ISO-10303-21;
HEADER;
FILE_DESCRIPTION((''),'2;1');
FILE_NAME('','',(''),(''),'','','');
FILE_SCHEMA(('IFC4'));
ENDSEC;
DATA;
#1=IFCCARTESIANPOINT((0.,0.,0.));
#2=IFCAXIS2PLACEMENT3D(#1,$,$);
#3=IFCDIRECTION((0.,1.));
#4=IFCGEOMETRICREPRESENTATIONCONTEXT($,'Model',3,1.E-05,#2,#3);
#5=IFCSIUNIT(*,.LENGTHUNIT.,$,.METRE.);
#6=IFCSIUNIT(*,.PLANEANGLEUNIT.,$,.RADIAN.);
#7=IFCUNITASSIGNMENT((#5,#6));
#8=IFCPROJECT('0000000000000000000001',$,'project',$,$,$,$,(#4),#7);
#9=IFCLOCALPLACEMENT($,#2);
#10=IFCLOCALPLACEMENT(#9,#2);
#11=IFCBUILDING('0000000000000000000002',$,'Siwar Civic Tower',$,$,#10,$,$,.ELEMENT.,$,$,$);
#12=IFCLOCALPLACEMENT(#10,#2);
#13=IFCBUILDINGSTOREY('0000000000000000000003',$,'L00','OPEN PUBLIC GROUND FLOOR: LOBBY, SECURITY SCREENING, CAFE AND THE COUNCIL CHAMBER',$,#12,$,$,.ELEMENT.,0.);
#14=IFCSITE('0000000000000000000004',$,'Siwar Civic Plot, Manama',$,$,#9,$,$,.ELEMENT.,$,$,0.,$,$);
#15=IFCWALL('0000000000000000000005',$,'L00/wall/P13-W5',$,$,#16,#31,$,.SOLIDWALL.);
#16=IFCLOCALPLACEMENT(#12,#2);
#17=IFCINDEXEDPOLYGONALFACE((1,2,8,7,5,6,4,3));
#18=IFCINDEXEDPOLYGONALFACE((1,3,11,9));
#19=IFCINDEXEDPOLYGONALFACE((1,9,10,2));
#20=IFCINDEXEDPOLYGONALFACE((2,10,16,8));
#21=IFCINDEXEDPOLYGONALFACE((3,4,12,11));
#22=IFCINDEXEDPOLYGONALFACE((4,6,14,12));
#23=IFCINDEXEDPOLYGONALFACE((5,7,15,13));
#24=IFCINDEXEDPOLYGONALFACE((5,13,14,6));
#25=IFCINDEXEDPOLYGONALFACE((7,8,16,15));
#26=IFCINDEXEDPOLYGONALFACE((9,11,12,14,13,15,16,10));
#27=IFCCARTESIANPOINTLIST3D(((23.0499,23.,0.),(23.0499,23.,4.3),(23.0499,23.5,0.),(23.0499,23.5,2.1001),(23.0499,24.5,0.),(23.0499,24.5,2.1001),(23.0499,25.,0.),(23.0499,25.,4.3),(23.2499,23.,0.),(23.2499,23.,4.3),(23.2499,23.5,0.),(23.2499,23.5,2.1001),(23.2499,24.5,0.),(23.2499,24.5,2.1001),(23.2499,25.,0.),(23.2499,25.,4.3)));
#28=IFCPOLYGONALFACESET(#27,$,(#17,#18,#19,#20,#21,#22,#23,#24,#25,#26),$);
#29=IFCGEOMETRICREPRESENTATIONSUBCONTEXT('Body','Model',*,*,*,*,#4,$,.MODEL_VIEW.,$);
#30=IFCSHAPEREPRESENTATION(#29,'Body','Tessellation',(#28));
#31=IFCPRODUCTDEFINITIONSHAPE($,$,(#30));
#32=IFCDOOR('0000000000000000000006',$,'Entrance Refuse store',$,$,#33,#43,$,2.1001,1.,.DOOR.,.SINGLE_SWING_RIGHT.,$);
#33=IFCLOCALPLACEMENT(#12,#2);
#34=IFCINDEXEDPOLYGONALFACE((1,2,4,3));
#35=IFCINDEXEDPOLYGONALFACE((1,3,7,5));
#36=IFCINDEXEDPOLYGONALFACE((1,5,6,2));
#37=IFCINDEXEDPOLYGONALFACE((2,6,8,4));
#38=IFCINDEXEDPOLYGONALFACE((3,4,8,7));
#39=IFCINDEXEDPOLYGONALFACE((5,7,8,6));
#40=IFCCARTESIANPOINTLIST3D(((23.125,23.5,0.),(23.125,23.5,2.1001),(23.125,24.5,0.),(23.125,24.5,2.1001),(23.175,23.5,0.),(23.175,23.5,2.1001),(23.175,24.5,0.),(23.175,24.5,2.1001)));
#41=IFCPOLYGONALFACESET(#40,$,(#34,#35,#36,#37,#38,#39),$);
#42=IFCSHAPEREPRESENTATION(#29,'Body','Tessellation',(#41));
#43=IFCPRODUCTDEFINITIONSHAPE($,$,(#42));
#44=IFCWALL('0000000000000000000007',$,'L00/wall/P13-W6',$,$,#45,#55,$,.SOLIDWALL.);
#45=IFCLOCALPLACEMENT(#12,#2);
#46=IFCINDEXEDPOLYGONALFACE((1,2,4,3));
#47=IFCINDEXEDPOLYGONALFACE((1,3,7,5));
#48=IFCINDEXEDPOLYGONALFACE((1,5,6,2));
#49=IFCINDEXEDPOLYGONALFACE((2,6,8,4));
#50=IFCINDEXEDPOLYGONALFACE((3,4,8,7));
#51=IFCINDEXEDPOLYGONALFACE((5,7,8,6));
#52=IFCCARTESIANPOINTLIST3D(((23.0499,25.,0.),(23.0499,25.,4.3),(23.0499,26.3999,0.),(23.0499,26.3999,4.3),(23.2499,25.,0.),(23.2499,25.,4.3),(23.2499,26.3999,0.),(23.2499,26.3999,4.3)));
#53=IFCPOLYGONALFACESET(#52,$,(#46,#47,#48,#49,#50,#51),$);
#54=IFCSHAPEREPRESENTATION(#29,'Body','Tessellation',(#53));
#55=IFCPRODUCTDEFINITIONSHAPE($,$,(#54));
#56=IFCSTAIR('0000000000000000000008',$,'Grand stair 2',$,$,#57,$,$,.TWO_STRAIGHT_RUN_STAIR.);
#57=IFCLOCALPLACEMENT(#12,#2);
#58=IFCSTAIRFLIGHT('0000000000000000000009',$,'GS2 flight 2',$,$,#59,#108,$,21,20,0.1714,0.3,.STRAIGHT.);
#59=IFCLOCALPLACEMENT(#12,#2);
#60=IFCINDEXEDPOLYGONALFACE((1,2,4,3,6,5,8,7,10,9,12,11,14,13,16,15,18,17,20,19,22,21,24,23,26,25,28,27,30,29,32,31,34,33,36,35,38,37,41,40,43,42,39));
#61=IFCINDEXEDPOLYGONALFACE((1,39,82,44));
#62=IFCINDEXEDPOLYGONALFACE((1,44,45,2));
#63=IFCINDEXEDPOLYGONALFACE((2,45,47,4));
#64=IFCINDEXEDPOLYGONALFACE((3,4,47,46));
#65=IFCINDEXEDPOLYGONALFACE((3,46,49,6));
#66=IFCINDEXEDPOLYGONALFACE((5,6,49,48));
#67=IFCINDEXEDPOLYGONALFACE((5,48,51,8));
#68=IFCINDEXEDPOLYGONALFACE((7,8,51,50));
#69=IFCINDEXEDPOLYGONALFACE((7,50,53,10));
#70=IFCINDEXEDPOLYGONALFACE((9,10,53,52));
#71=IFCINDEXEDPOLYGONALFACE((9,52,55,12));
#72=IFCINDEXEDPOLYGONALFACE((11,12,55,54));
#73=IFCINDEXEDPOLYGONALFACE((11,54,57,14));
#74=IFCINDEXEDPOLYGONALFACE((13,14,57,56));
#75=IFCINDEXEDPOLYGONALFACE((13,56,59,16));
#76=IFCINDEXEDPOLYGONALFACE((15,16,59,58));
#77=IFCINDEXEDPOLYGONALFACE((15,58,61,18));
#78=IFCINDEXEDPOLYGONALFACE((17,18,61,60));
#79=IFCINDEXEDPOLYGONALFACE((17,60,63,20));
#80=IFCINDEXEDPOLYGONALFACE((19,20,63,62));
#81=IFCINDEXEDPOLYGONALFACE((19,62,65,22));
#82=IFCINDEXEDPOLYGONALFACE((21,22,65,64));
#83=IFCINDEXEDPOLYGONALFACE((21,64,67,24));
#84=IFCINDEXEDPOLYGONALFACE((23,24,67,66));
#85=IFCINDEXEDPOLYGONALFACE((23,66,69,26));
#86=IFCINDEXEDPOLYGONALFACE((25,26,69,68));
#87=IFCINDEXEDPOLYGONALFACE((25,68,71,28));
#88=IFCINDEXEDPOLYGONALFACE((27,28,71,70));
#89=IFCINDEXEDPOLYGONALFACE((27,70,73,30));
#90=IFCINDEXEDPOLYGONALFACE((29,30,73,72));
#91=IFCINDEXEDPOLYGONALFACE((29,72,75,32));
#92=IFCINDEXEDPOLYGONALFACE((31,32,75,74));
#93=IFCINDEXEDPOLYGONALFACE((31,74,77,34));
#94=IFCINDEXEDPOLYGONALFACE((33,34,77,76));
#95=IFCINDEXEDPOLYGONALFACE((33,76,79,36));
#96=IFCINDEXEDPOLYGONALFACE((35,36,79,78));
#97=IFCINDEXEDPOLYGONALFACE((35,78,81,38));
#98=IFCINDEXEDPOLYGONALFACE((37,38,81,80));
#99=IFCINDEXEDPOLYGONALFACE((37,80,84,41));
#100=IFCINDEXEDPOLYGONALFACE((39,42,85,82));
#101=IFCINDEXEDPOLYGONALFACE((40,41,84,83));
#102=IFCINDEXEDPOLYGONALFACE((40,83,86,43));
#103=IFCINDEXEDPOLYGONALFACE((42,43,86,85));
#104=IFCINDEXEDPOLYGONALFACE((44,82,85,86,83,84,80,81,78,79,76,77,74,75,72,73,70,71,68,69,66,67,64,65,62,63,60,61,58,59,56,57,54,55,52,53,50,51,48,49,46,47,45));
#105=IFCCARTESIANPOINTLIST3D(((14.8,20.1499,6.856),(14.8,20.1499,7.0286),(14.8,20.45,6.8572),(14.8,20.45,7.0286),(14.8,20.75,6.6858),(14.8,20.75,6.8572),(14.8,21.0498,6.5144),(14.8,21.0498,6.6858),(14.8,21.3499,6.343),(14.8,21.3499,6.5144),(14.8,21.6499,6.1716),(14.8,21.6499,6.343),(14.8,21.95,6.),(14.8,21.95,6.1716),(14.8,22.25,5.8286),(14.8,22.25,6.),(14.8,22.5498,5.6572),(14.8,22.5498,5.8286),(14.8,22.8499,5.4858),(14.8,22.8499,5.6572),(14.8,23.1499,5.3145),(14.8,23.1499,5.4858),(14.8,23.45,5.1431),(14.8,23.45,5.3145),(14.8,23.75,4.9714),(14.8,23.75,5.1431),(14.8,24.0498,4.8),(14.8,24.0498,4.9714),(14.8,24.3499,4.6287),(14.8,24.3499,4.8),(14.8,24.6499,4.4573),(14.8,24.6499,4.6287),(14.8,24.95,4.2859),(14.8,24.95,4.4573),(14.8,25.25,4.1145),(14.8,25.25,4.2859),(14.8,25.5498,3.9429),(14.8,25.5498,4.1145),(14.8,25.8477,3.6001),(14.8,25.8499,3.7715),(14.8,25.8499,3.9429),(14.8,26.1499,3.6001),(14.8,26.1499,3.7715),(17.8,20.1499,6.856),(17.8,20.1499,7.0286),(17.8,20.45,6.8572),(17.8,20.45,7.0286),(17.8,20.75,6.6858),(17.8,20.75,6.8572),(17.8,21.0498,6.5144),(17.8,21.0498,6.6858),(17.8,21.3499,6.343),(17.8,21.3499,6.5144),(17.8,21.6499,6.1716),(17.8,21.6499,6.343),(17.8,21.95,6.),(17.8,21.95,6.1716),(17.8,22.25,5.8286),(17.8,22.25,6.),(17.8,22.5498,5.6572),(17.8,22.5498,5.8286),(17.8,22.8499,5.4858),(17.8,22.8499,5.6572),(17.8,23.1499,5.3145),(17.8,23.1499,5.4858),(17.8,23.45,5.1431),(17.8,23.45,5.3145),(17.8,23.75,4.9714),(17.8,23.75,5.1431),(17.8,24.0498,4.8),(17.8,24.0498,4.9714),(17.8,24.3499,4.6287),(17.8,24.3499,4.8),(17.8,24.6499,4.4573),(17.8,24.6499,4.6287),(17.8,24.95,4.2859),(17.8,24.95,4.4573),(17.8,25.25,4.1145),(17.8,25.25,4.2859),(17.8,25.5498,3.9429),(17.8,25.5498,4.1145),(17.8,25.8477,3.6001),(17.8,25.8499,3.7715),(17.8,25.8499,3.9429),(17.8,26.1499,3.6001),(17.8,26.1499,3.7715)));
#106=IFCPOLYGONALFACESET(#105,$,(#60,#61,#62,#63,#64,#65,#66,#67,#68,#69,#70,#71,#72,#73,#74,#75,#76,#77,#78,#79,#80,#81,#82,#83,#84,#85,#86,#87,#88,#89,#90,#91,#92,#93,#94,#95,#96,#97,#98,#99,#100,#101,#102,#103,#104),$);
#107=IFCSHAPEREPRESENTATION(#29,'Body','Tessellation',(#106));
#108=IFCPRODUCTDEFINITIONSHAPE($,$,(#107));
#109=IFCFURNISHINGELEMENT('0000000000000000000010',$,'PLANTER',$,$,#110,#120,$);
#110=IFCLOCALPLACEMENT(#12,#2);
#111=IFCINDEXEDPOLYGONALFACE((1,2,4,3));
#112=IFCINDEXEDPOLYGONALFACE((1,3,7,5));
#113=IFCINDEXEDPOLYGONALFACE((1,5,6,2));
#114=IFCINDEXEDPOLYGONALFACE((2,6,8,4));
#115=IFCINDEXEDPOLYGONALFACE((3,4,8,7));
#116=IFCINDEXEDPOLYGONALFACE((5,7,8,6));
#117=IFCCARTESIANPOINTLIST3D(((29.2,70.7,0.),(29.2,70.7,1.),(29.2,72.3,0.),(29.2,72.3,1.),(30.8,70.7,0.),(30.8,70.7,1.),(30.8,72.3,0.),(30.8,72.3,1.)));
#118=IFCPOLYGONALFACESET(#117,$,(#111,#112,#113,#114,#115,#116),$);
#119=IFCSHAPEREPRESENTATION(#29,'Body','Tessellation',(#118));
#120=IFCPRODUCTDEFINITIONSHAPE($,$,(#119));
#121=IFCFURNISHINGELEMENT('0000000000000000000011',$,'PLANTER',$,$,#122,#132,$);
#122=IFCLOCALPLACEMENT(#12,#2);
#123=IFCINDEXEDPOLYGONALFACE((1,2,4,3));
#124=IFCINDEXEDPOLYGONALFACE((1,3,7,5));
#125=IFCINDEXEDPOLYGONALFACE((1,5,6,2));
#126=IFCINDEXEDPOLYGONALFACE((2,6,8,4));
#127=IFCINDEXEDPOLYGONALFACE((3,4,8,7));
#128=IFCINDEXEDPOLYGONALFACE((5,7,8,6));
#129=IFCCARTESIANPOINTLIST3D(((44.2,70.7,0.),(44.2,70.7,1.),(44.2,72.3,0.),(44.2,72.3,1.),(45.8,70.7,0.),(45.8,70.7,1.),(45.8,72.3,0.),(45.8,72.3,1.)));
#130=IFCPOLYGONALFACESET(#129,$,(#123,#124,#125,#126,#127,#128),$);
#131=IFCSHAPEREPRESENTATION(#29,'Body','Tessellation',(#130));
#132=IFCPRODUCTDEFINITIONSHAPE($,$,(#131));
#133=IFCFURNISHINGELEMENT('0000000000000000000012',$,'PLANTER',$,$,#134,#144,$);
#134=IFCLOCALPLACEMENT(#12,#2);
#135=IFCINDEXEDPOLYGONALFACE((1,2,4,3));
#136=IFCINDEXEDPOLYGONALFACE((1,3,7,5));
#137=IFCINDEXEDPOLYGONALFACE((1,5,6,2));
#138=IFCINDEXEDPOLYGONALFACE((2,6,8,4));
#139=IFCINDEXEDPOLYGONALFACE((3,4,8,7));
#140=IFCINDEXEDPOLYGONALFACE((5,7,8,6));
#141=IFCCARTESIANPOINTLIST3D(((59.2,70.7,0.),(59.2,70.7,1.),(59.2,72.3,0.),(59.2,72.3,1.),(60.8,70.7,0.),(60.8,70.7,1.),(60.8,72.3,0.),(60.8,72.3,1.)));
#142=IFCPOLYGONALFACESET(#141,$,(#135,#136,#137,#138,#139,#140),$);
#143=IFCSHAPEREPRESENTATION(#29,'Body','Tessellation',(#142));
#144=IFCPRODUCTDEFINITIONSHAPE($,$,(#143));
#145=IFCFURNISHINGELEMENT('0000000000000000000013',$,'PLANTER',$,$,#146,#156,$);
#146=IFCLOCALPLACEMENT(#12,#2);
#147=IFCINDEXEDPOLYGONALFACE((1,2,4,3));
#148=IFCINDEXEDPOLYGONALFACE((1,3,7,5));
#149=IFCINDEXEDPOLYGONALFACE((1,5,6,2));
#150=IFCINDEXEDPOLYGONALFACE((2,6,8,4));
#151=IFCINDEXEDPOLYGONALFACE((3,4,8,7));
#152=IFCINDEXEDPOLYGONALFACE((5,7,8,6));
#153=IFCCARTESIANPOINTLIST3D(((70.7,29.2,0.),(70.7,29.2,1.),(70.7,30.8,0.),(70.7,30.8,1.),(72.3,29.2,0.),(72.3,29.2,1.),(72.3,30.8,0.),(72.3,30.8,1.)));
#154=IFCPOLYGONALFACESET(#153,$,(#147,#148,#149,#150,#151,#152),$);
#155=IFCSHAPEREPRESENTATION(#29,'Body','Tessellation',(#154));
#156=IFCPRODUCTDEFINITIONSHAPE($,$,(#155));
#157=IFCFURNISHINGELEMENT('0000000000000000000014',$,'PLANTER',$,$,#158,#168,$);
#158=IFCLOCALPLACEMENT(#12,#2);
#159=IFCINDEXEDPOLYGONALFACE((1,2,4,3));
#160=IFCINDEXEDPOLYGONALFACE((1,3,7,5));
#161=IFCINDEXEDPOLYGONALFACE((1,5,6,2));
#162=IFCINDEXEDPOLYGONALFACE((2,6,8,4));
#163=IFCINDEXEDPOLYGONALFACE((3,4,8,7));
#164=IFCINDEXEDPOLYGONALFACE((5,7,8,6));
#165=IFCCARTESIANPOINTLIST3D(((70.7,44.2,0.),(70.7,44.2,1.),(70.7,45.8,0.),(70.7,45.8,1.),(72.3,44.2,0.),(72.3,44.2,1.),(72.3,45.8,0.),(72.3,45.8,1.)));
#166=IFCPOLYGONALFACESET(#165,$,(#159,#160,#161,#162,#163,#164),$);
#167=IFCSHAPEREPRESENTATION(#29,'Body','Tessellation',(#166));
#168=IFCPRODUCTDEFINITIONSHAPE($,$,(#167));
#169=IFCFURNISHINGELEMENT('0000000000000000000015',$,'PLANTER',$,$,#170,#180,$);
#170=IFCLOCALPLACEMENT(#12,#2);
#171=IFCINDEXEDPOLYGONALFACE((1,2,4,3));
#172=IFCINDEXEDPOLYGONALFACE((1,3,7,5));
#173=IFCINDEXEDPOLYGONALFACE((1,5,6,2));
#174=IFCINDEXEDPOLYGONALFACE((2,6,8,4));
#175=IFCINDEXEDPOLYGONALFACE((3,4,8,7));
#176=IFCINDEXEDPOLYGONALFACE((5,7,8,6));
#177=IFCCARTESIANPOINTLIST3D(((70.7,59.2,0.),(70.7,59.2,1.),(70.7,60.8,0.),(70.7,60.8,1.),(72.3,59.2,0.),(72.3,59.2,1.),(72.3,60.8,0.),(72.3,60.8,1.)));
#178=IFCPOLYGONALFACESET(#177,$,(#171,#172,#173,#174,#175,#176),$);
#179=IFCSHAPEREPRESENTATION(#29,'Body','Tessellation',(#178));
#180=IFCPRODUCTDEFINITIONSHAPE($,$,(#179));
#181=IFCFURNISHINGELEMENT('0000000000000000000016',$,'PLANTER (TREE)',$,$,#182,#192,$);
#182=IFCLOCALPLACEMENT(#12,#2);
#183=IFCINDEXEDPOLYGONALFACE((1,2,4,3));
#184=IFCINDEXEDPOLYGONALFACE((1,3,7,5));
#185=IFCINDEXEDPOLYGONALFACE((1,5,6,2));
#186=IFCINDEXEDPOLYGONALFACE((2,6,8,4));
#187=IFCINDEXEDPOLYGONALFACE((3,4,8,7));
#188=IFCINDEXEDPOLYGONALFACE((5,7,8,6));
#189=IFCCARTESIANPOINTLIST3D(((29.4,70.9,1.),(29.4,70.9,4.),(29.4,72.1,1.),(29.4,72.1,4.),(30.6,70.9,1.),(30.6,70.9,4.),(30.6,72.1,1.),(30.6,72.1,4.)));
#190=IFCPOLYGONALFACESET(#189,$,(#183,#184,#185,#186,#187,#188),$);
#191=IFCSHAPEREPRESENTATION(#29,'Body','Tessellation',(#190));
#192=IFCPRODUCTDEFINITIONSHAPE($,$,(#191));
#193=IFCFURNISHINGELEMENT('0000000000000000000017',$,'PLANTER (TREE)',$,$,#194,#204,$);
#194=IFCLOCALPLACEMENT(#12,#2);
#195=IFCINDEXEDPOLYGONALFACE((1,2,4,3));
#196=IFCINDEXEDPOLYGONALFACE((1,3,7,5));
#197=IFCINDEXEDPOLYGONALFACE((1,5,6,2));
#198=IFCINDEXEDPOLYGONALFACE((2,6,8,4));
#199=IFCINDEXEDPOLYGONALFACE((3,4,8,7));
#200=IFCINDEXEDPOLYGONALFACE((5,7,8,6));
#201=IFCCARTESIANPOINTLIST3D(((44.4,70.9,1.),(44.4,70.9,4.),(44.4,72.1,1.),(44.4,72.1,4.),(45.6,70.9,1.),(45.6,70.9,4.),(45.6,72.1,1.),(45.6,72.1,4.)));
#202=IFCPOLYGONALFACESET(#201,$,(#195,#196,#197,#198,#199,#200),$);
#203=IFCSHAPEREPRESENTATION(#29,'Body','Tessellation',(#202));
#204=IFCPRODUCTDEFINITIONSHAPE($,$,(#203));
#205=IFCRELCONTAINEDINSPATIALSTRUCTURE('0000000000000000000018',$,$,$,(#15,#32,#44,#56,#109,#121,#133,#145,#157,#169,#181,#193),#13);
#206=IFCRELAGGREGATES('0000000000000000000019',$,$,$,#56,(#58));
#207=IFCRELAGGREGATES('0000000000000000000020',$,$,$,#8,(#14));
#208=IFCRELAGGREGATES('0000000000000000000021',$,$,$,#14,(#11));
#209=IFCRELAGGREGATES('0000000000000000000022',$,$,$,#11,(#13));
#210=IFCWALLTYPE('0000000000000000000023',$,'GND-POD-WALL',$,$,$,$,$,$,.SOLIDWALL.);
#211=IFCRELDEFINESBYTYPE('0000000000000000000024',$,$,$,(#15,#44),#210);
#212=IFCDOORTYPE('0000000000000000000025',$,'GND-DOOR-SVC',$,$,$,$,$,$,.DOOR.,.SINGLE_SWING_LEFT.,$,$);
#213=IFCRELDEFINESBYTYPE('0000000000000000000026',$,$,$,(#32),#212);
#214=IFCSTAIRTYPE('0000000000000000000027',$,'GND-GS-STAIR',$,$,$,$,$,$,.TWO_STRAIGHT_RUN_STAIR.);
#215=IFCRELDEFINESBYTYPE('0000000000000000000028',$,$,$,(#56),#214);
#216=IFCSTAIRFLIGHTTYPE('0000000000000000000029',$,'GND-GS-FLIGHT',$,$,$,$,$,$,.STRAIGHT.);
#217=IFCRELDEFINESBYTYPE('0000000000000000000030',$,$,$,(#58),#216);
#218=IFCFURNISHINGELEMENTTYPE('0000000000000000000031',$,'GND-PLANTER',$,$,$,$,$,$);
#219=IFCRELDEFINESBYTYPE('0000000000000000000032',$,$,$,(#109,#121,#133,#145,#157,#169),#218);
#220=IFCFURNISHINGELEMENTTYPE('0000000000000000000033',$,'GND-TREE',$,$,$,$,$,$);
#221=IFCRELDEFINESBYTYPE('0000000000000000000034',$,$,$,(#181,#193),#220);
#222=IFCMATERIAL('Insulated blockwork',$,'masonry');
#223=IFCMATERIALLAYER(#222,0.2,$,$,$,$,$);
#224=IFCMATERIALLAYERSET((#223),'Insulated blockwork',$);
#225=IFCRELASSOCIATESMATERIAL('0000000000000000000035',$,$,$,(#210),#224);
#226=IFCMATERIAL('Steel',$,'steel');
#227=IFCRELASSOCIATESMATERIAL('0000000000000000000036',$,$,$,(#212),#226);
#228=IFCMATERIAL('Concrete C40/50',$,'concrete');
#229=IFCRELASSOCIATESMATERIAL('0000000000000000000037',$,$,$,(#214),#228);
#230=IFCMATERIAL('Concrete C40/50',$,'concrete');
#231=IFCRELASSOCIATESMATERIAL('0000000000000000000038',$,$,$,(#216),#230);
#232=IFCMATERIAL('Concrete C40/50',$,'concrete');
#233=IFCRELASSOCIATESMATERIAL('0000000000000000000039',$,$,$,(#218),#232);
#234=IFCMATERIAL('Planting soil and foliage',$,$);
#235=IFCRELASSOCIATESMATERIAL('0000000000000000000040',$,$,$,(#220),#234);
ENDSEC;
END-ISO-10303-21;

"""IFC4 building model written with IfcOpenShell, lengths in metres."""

from ifc_helpers import new_model, si_unit, direction, frame, frame_2d, origin, origin_2d, place, context, subcontext, project, spatial, polyline, rectangle, outline, extrude, material, layer, layer_set, type_object, element, fill, aggregate, save


model = new_model("IFC4")

# Units and contexts
model_context = context("Model", 3, precision=1e-05, world=origin(), true_north=direction((0.0, 1.0)))
body_context = subcontext(model_context, "Body", "Model", "MODEL_VIEW")
ifc_project = project(units=[si_unit("LENGTHUNIT", "METRE"), si_unit("PLANEANGLEUNIT", "RADIAN")], contexts=[model_context])

# Site, building, storey
site_placement = place(None, origin())
site = spatial("IfcSite", under=ifc_project, at=site_placement, Name="Siwar Civic Plot, Manama", CompositionType="ELEMENT", RefElevation=0.0)
building_placement = place(site_placement, origin())
building = spatial("IfcBuilding", under=site, at=building_placement, Name="Siwar Civic Tower", CompositionType="ELEMENT")
storey_placement = place(building_placement, origin())
storey = spatial("IfcBuildingStorey", under=building, at=storey_placement, Name="L00", Description="OPEN PUBLIC GROUND FLOOR: LOBBY, SECURITY SCREENING, CAFE AND THE COUNCIL CHAMBER", CompositionType="ELEMENT", Elevation=0.0)

# Shared definitions
ifc_material_1 = material(Name="Insulated blockwork", Category="masonry")
ifc_layer = layer(ifc_material_1, 0.2)
ifc_layer_set = layer_set([ifc_layer], Name="Insulated blockwork")
wall_type = type_object("IfcWallType", Name="GND-POD-WALL", PredefinedType="SOLIDWALL", material=ifc_layer_set)

# Wall, opening, door
wall_1_placement = place(storey_placement, frame((23.1499, 23.0, 0.0), z_axis=(0.0, 0.0, 1.0), x_axis=(0.0, 1.0, 0.0)))
wall_1 = element("IfcWall", 1, at=wall_1_placement, inside=storey, type_object=wall_type, Name="L00/wall/P13-W5", PredefinedType="SOLIDWALL", context=body_context, shape_type="SweptSolid", body=[
    extrude(rectangle(XDim=2.0, YDim=0.2, at=frame_2d((1.0, 0.0))), origin(), (0.0, 0.0, 1.0), 4.3),
])
opening_placement = place(wall_1_placement, frame((0.5, 0.0, 0.0)))
opening = element("IfcOpeningElement", 2, at=opening_placement, cuts=wall_1, PredefinedType="OPENING", context=body_context, shape_type="SweptSolid", body=[
    extrude(rectangle(XDim=1.0, YDim=2.1001, at=frame_2d((0.5, 1.05))), frame((0.0, 0.1099, 0.0), z_axis=(0.0, -1.0, 0.0), x_axis=(1.0, 0.0, 0.0)), (0.0, 0.0, 1.0), 0.22),
])
ifc_material_2 = material(Name="Steel", Category="steel")
door_type = type_object("IfcDoorType", Name="GND-DOOR-SVC", OperationType="SINGLE_SWING_LEFT", PredefinedType="DOOR", material=ifc_material_2)
door_placement = place(opening_placement, origin())
door = element("IfcDoor", 3, at=door_placement, inside=storey, type_object=door_type, Name="Entrance Refuse store", OperationType="SINGLE_SWING_RIGHT", OverallHeight=2.1001, OverallWidth=1.0, PredefinedType="DOOR", context=body_context, shape_type="SweptSolid", body=[
    extrude(rectangle(XDim=1.0, YDim=2.1001, at=frame_2d((0.5, 1.05))), frame((0.0, 0.0249, 0.0), z_axis=(0.0, -1.0, 0.0), x_axis=(1.0, 0.0, 0.0)), (0.0, 0.0, 1.0), 0.05),
])
fill(opening, door)

# Wall
wall_2_placement = place(storey_placement, frame((23.1499, 25.0, 0.0), z_axis=(0.0, 0.0, 1.0), x_axis=(0.0, 1.0, 0.0)))
element("IfcWall", 4, at=wall_2_placement, inside=storey, type_object=wall_type, Name="L00/wall/P13-W6", PredefinedType="SOLIDWALL", context=body_context, shape_type="SweptSolid", body=[
    extrude(rectangle(XDim=1.3999, YDim=0.2, at=frame_2d((0.7, 0.0))), origin(), (0.0, 0.0, 1.0), 4.3),
])

# Stair, stair flight
ifc_material_3 = material(Name="Concrete C40/50", Category="concrete")
stair_type = type_object("IfcStairType", Name="GND-GS-STAIR", PredefinedType="TWO_STRAIGHT_RUN_STAIR", material=ifc_material_3)
stair_placement = place(storey_placement, origin())
stair = element("IfcStair", 5, at=stair_placement, inside=storey, type_object=stair_type, Name="Grand stair 2", PredefinedType="TWO_STRAIGHT_RUN_STAIR")
ifc_material_4 = material(Name="Concrete C40/50", Category="concrete")
stair_flight_type = type_object("IfcStairFlightType", Name="GND-GS-FLIGHT", PredefinedType="STRAIGHT", material=ifc_material_4)
stair_flight_placement = place(storey_placement, frame((16.3, 26.1499, 3.6001), z_axis=(0.0, 0.0, 1.0), x_axis=(0.0, -1.0, 0.0)))
stair_flight = element("IfcStairFlight", 6, at=stair_flight_placement, type_object=stair_flight_type, Name="GS2 flight 2", NumberOfRisers=21, NumberOfTreads=20, PredefinedType="STRAIGHT", RiserHeight=0.1714, TreadLength=0.3, context=body_context, shape_type="SweptSolid", body=[
    extrude(outline(polyline([(0.0, 0.0), (0.0, 0.1714), (0.3, 0.1714), (0.3, 0.3428), (0.6001, 0.3428), (0.6001, 0.5144), (0.8999, 0.5144), (0.8999, 0.6858), (1.2, 0.6858), (1.2, 0.8572), (1.5, 0.8572), (1.5, 1.0286), (1.8, 1.0286), (1.8, 1.2), (2.1001, 1.2), (2.1001, 1.3713), (2.3999, 1.3713), (2.3999, 1.543), (2.7, 1.543), (2.7, 1.7144), (3.0, 1.7144), (3.0, 1.8857), (3.3, 1.8857), (3.3, 2.0571), (3.6001, 2.0571), (3.6001, 2.2285), (3.8999, 2.2285), (3.8999, 2.3999), (4.2, 2.3999), (4.2, 2.5715), (4.5, 2.5715), (4.5, 2.7429), (4.8, 2.7429), (4.8, 2.9143), (5.1001, 2.9143), (5.1001, 3.0857), (5.3999, 3.0857), (5.3999, 3.2571), (5.7, 3.2571), (5.7, 3.4285), (6.0, 3.4285), (6.0, 3.6001), (6.0, 3.2559), (0.3022, 0.0), (0.0, 0.0)])), frame((0.0, 1.5, 0.0), z_axis=(0.0, -1.0, 0.0), x_axis=(1.0, 0.0, 0.0)), (0.0, 0.0, 1.0), 3.0),
])
aggregate(stair, [stair_flight])

# Furnishing elements
ifc_material_5 = material(Name="Concrete C40/50", Category="concrete")
furnishing_element_type_1 = type_object("IfcFurnishingElementType", Name="GND-PLANTER", material=ifc_material_5)
for number, where, z_axis, x_axis, name in (
    (7, (30.0, 71.5, 0.0), (0.0, 0.0, 1.0), (1.0, 0.0, 0.0), "PLANTER"),
    (8, (45.0, 71.5, 0.0), (0.0, 0.0, 1.0), (1.0, 0.0, 0.0), "PLANTER"),
    (9, (60.0, 71.5, 0.0), (0.0, 0.0, 1.0), (1.0, 0.0, 0.0), "PLANTER"),
    (10, (71.5, 30.0, 0.0), (0.0, 0.0, 1.0), (1.0, 0.0, 0.0), "PLANTER"),
    (11, (71.5, 45.0, 0.0), (0.0, 0.0, 1.0), (1.0, 0.0, 0.0), "PLANTER"),
    (12, (71.5, 60.0, 0.0), (0.0, 0.0, 1.0), (1.0, 0.0, 0.0), "PLANTER"),
):
    element("IfcFurnishingElement", number, at=place(storey_placement, frame(where, z_axis=z_axis, x_axis=x_axis)), inside=storey, type_object=furnishing_element_type_1, Name=name, context=body_context, shape_type="SweptSolid", body=[
        extrude(rectangle(XDim=1.6001, YDim=1.6001, at=origin_2d()), origin(), (0.0, 0.0, 1.0), 1.0),
    ])
ifc_material_6 = material(Name="Planting soil and foliage")
furnishing_element_type_2 = type_object("IfcFurnishingElementType", Name="GND-TREE", material=ifc_material_6)
for number, where, z_axis, x_axis, name in (
    (13, (30.0, 71.5, 1.0), (0.0, 0.0, 1.0), (1.0, 0.0, 0.0), "PLANTER (TREE)"),
    (14, (45.0, 71.5, 1.0), (0.0, 0.0, 1.0), (1.0, 0.0, 0.0), "PLANTER (TREE)"),
):
    element("IfcFurnishingElement", number, at=place(storey_placement, frame(where, z_axis=z_axis, x_axis=x_axis)), inside=storey, type_object=furnishing_element_type_2, Name=name, context=body_context, shape_type="SweptSolid", body=[
        extrude(rectangle(XDim=1.2, YDim=1.2, at=origin_2d()), origin(), (0.0, 0.0, 1.0), 3.0),
    ])

save(model, "model.ifc")
